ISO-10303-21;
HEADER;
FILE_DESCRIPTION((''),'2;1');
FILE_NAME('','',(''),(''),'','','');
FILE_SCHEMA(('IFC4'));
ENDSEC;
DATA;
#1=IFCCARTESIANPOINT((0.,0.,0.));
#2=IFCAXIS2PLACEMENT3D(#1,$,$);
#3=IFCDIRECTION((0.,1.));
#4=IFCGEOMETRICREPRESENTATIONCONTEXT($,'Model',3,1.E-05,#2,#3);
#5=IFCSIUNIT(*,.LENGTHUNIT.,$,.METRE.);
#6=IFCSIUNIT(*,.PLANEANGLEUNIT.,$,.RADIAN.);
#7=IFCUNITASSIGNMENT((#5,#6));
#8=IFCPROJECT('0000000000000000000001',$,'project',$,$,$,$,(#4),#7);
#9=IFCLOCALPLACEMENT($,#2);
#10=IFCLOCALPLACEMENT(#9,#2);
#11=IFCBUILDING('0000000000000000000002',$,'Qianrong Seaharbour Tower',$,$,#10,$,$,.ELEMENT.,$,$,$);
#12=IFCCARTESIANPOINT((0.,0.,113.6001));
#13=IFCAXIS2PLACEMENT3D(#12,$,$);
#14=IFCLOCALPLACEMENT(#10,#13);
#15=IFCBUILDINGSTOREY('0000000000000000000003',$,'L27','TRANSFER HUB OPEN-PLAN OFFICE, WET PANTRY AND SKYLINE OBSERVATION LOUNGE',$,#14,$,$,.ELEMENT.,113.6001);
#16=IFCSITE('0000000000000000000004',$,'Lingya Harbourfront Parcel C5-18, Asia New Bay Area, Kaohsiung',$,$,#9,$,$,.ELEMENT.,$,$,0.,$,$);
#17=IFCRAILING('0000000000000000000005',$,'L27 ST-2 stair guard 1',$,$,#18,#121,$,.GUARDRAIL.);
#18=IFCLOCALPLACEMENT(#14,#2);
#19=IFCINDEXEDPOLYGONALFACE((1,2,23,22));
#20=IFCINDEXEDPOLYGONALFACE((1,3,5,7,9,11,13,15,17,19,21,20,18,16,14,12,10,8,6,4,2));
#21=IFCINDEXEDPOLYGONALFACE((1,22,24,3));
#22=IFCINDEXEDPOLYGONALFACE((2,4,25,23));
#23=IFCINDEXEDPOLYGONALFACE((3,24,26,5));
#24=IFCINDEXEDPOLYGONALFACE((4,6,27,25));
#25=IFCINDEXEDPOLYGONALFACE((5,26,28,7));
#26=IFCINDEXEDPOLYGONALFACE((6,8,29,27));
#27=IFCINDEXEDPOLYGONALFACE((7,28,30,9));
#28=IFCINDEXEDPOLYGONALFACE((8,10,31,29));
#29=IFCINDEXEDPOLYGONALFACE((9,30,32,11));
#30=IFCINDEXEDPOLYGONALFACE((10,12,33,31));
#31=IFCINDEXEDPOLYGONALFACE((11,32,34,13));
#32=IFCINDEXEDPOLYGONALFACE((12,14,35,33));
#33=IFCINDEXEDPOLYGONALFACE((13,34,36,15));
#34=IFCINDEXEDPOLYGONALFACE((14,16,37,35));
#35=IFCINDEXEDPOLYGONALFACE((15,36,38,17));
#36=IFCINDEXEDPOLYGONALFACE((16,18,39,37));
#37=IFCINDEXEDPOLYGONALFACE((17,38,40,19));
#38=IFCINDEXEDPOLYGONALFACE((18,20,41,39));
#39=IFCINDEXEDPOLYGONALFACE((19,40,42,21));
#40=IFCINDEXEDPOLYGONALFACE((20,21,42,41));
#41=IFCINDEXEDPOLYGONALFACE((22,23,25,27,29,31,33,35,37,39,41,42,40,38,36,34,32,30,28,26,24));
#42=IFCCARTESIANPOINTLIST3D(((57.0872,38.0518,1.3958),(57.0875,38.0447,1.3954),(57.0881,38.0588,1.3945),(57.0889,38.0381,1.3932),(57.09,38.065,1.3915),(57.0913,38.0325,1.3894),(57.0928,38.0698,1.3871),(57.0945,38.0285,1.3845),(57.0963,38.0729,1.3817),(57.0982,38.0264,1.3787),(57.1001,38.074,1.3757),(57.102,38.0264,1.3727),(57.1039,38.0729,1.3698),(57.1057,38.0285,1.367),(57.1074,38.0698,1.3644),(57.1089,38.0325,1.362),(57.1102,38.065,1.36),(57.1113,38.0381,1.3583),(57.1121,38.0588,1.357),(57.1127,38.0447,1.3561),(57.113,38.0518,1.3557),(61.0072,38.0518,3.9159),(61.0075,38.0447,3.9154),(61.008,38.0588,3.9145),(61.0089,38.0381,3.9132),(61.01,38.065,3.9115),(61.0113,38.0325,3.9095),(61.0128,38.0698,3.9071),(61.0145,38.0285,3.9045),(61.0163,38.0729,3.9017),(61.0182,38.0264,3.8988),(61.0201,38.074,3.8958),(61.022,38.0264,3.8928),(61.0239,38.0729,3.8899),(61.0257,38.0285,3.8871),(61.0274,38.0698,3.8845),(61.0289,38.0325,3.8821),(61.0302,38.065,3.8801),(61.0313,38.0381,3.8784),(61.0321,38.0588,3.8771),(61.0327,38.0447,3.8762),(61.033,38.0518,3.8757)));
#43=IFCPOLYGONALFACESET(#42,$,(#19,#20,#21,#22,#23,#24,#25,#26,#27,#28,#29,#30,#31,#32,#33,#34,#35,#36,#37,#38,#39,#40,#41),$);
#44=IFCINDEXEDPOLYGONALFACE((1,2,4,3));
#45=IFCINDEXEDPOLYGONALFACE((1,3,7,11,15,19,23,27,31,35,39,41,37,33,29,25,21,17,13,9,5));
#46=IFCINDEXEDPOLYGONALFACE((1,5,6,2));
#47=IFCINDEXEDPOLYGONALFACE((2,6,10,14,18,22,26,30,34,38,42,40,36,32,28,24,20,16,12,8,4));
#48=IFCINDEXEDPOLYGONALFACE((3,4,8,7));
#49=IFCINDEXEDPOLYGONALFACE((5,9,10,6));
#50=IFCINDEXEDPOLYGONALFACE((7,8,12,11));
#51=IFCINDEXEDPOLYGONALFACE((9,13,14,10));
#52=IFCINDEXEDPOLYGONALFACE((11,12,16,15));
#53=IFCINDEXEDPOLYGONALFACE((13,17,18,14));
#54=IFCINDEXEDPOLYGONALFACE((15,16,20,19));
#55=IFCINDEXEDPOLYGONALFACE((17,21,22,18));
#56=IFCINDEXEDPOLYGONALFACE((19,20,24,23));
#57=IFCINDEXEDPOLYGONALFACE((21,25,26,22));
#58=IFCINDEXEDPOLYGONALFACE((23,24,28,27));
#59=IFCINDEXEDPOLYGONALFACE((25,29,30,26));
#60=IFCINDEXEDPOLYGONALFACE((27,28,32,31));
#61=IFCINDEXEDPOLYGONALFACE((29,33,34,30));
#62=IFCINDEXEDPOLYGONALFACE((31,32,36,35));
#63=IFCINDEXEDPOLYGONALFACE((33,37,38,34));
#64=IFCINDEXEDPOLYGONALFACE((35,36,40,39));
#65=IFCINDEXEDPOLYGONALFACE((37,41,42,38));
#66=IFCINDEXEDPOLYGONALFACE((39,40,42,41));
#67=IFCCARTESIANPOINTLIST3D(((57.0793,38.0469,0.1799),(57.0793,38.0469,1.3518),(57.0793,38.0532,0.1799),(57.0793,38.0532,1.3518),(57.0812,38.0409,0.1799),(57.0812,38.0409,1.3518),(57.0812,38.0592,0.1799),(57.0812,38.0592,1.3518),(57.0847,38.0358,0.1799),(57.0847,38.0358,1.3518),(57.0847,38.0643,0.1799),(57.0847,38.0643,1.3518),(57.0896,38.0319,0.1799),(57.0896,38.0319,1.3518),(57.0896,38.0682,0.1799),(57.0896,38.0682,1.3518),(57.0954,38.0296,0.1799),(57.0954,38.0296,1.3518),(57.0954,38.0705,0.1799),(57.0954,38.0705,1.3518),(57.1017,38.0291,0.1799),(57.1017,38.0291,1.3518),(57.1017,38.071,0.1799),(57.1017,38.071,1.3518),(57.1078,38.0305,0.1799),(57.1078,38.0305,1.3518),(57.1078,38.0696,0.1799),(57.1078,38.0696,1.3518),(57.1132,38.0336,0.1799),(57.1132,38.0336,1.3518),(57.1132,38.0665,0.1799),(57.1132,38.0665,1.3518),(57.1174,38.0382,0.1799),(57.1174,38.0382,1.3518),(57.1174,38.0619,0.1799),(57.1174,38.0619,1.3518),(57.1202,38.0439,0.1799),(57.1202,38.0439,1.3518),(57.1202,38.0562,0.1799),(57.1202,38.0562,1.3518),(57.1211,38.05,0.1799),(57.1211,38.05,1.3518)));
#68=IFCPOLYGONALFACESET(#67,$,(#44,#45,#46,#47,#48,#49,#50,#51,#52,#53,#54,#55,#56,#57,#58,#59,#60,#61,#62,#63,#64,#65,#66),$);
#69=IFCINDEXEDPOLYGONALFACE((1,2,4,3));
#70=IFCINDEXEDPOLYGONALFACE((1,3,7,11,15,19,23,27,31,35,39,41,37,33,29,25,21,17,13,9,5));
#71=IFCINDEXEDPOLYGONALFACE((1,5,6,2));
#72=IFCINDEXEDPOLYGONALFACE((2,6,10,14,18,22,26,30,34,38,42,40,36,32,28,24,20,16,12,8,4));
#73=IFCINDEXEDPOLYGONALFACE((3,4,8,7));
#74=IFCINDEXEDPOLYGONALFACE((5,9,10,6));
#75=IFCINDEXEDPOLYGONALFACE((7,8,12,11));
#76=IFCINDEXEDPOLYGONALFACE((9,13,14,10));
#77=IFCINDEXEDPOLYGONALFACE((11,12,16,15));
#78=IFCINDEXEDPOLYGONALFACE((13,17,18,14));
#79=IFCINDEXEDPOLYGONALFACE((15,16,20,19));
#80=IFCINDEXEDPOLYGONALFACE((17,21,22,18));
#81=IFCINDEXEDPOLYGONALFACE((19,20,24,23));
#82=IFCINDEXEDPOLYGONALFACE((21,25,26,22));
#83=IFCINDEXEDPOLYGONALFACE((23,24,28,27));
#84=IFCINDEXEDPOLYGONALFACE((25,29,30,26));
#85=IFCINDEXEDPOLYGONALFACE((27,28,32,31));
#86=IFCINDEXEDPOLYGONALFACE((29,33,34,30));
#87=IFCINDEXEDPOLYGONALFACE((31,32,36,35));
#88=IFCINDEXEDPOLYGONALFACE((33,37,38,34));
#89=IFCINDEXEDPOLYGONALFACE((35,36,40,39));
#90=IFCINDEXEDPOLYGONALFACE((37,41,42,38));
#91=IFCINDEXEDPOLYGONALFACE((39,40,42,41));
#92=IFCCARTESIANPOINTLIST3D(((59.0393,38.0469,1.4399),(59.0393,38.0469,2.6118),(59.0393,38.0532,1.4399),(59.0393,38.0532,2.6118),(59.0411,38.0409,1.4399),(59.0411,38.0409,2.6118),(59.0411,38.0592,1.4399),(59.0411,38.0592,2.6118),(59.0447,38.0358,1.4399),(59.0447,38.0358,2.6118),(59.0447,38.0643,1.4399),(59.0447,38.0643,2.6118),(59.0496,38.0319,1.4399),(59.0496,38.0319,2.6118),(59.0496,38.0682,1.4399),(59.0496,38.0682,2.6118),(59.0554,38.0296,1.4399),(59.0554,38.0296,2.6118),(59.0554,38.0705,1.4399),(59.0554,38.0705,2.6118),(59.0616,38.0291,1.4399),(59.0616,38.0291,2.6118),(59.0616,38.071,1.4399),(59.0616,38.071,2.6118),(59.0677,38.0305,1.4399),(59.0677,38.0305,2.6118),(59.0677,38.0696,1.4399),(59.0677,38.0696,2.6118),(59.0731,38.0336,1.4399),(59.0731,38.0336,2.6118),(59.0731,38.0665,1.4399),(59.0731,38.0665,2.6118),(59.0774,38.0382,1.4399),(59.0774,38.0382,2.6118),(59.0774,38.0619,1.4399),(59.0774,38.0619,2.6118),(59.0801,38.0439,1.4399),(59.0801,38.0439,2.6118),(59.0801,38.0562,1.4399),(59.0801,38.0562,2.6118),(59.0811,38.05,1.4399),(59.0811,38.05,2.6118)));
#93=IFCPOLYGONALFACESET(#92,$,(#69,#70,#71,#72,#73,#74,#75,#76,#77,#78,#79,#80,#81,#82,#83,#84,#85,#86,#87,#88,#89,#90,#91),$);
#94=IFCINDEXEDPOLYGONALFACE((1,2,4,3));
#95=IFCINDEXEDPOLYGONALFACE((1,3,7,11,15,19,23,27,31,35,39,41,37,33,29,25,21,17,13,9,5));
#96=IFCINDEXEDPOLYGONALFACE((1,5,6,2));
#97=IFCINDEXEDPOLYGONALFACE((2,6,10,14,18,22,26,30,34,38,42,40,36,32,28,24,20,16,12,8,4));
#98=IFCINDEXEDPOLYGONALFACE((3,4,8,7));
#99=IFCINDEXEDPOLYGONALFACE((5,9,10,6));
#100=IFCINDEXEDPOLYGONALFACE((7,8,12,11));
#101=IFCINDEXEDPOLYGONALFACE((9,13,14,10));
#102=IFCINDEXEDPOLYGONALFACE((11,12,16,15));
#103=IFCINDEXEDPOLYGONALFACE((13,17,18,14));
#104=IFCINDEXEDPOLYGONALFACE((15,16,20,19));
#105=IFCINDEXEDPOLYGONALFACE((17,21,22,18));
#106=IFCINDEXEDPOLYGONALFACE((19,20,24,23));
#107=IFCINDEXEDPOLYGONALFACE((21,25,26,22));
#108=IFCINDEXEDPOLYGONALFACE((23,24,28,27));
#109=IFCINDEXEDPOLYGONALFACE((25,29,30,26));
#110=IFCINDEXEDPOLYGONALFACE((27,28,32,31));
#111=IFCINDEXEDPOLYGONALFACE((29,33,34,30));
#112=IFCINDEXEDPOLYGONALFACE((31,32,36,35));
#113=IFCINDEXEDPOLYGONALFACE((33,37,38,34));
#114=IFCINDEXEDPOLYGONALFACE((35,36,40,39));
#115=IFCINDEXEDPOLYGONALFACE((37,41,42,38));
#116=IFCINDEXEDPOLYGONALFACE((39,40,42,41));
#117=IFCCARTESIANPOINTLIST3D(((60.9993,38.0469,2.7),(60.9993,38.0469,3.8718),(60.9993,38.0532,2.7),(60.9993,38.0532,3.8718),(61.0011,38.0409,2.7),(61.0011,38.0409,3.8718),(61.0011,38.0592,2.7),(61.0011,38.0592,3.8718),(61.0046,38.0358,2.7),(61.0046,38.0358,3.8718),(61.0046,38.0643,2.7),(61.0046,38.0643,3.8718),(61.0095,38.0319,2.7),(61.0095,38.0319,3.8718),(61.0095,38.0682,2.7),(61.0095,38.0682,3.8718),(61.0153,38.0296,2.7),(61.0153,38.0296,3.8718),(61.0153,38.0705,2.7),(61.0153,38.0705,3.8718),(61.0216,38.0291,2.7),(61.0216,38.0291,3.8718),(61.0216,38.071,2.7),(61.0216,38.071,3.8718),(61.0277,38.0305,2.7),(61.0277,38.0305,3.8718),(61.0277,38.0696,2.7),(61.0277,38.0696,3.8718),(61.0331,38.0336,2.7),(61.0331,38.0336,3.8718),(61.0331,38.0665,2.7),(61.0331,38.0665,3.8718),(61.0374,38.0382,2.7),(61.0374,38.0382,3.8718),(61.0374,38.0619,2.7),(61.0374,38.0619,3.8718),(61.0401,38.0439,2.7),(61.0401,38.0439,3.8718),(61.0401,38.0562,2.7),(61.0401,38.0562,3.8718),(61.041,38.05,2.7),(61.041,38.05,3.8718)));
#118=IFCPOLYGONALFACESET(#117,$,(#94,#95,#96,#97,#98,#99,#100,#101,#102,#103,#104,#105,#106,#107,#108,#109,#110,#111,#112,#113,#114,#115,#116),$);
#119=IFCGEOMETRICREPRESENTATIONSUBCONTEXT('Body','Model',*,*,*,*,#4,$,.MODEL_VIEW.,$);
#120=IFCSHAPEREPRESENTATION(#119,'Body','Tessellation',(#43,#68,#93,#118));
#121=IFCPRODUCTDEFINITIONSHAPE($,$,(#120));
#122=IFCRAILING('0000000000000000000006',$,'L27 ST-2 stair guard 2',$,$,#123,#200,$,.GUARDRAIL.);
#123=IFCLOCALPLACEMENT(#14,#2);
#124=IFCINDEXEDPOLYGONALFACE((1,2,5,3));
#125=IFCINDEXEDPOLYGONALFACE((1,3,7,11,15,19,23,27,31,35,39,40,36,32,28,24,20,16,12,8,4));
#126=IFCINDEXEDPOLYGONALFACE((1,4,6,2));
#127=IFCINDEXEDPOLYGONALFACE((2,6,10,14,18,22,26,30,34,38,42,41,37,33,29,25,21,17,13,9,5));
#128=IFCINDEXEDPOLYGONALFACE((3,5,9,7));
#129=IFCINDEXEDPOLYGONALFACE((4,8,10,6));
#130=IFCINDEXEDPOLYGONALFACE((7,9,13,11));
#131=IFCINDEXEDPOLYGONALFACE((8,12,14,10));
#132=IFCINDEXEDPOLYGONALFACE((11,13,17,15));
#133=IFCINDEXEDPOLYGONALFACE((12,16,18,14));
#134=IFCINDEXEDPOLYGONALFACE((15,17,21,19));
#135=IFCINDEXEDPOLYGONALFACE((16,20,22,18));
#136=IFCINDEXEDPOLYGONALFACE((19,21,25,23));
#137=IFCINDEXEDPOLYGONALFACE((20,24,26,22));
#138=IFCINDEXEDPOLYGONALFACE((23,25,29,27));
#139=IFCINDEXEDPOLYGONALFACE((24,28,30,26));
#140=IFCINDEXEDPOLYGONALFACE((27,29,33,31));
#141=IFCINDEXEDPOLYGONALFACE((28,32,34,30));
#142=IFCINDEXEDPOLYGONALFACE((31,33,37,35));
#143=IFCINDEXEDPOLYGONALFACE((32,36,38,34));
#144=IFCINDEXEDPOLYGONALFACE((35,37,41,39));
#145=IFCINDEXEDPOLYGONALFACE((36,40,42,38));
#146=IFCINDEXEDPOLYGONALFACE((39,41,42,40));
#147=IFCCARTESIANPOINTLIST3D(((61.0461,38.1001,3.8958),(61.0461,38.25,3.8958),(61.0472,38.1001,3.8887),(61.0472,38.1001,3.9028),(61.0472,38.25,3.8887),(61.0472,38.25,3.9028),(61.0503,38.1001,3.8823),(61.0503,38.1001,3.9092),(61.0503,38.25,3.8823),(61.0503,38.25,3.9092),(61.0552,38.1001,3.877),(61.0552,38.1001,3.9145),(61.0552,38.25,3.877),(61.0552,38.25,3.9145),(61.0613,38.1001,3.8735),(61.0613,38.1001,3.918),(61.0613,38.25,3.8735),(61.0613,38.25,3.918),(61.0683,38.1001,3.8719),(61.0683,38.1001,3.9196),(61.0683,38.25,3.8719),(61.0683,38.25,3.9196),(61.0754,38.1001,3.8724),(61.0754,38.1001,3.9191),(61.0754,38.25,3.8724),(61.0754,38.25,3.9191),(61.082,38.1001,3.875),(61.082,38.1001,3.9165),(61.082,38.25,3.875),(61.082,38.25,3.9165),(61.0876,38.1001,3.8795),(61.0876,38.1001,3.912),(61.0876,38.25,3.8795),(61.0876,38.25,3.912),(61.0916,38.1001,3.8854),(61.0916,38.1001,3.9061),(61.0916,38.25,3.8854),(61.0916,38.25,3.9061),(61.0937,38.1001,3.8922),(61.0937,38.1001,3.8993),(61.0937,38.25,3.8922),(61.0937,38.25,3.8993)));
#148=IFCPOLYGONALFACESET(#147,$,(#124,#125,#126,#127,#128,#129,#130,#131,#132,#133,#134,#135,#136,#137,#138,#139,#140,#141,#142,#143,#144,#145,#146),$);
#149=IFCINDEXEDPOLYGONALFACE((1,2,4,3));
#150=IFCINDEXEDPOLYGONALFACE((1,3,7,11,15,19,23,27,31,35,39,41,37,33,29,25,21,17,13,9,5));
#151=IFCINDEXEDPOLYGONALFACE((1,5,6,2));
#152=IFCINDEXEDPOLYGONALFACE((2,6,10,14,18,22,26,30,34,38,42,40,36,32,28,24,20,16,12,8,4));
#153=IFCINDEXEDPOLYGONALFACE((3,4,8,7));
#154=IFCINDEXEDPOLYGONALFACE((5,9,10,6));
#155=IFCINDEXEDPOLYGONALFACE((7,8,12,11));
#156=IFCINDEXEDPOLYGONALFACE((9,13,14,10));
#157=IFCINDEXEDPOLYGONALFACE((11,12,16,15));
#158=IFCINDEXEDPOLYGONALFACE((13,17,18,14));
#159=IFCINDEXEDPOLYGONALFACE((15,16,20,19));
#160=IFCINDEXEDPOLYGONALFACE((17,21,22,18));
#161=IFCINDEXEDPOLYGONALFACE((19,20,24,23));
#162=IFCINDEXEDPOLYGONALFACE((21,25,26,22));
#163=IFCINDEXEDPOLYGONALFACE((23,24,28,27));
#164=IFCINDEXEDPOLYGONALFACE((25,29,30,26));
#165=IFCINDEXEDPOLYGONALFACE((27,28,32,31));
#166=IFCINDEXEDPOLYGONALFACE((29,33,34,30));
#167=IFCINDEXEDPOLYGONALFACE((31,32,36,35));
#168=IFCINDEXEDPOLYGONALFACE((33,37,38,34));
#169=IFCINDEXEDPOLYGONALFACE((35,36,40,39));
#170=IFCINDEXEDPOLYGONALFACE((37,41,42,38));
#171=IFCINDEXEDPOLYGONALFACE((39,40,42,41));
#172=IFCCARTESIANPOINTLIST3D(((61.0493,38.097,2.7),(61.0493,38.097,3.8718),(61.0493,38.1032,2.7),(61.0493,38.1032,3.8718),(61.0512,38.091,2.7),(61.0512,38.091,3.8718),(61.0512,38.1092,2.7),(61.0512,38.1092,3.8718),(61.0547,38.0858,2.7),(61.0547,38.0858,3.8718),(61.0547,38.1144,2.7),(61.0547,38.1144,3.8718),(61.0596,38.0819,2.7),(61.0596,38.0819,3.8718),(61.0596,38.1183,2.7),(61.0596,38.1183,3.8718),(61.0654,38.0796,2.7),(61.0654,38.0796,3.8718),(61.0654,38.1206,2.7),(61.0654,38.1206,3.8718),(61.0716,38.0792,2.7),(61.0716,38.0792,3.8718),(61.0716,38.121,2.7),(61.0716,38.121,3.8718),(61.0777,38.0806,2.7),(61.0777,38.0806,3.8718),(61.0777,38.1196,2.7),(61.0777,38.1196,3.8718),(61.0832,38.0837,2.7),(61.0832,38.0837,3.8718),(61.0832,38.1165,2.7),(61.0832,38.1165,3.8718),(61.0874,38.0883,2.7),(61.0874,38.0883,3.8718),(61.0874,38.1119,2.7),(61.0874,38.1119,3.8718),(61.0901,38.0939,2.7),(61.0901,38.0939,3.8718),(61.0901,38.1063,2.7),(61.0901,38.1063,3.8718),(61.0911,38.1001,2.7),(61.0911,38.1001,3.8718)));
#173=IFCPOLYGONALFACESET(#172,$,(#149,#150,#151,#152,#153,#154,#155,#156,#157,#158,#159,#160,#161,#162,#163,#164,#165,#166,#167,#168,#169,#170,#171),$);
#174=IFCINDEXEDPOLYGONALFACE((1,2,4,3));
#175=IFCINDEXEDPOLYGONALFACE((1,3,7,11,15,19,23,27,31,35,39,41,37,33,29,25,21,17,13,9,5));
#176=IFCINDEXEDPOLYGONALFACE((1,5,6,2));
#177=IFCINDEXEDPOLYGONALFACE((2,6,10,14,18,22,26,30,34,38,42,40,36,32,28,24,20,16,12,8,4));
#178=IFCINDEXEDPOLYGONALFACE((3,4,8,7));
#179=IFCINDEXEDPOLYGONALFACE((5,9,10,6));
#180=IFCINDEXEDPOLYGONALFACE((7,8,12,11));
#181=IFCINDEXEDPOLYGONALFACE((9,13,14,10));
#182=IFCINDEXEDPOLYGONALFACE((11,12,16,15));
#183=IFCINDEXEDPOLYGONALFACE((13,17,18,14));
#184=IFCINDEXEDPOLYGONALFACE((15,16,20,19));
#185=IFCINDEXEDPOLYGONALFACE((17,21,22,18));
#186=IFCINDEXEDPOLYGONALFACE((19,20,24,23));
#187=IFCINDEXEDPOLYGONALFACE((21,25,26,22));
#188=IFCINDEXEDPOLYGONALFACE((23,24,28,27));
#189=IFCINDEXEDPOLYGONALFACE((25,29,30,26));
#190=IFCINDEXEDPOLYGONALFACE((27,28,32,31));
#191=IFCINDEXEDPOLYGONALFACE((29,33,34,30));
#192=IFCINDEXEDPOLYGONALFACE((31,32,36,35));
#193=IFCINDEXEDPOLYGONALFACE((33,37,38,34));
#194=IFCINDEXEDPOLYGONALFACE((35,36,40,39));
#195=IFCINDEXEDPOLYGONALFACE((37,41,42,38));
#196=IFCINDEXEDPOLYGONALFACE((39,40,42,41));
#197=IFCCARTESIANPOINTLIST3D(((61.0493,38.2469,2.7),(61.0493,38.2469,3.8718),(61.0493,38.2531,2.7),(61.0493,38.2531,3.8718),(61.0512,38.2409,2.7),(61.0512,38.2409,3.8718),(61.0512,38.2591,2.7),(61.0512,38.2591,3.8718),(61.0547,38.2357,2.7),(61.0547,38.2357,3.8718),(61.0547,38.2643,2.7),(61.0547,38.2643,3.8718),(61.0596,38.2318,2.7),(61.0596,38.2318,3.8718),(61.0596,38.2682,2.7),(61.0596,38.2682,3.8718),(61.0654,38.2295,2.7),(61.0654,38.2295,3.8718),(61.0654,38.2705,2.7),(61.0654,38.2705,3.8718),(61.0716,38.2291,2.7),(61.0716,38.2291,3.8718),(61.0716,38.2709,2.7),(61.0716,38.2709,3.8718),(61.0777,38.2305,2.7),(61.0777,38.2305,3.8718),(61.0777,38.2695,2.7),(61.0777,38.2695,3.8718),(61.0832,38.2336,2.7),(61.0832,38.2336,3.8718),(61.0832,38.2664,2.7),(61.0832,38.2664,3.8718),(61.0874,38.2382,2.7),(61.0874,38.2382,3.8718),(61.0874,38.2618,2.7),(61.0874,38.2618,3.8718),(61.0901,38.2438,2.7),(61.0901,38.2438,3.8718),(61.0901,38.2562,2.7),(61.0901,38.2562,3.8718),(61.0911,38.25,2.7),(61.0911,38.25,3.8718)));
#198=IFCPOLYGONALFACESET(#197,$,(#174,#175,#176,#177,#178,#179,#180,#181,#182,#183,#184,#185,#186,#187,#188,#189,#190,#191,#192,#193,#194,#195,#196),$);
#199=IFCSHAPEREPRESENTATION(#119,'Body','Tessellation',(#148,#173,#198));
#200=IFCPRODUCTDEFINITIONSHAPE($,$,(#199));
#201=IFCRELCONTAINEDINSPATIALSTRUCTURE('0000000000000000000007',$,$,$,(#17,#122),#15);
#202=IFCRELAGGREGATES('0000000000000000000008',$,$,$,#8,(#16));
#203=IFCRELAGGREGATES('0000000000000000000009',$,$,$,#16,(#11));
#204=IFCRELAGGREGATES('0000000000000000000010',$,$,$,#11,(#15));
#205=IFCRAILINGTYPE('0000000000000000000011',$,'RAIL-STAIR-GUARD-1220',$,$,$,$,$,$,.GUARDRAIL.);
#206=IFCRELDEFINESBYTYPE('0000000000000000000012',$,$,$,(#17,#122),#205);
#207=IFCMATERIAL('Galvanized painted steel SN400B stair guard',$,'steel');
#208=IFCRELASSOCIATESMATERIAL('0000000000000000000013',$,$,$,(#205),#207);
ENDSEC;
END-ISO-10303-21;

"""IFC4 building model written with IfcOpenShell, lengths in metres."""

from ifc_helpers import new_model, si_unit, direction, frame, origin, origin_2d, place, context, subcontext, project, spatial, circle, extrude, material, type_object, element, save


model = new_model("IFC4")

# Units and contexts
model_context = context("Model", 3, precision=1e-05, world=origin(), true_north=direction((0.0, 1.0)))
body_context = subcontext(model_context, "Body", "Model", "MODEL_VIEW")
ifc_project = project(units=[si_unit("LENGTHUNIT", "METRE"), si_unit("PLANEANGLEUNIT", "RADIAN")], contexts=[model_context])

# Site, building, storey
site_placement = place(None, origin())
site = spatial("IfcSite", under=ifc_project, at=site_placement, Name="Lingya Harbourfront Parcel C5-18, Asia New Bay Area, Kaohsiung", CompositionType="ELEMENT", RefElevation=0.0)
building_placement = place(site_placement, origin())
building = spatial("IfcBuilding", under=site, at=building_placement, Name="Qianrong Seaharbour Tower", CompositionType="ELEMENT")
storey_placement = place(building_placement, frame((0.0, 0.0, 113.6001)))
storey = spatial("IfcBuildingStorey", under=building, at=storey_placement, Name="L27", Description="TRANSFER HUB OPEN-PLAN OFFICE, WET PANTRY AND SKYLINE OBSERVATION LOUNGE", CompositionType="ELEMENT", Elevation=113.6001)

# Railings
ifc_material_1 = material(Name="Galvanized painted steel SN400B stair guard", Category="steel")
railing_type_1 = type_object("IfcRailingType", Name="RAIL-STAIR-GUARD-1220", PredefinedType="GUARDRAIL", material=ifc_material_1)
railing_1_placement = place(storey_placement, frame((57.1001, 38.05, 0.1799)))
element("IfcRailing", 1, at=railing_1_placement, inside=storey, type_object=railing_type_1, Name="L27 ST-2 stair guard 1", PredefinedType="GUARDRAIL", context=body_context, shape_type="SweptSolid", body=[
    extrude(circle(Radius=0.0239, at=origin_2d()), frame((0.0, 0.0, 1.1958), z_axis=(0.841172, 0.0, 0.540768), x_axis=(0.0, 1.0, 0.0)), (0.0, 0.0, 1.0), 4.6602),
    extrude(circle(Radius=0.021, at=origin_2d()), origin(), (0.0, 0.0, 1.0), 1.1719),
    extrude(circle(Radius=0.021, at=origin_2d()), frame((1.96, 0.0, 1.26)), (0.0, 0.0, 1.0), 1.1719),
    extrude(circle(Radius=0.021, at=origin_2d()), frame((3.9199, 0.0, 2.52)), (0.0, 0.0, 1.0), 1.1719),
])
railing_2_placement = place(storey_placement, frame((61.0701, 38.1001, 2.7)))
element("IfcRailing", 2, at=railing_2_placement, inside=storey, type_object=railing_type_1, Name="L27 ST-2 stair guard 2", PredefinedType="GUARDRAIL", context=body_context, shape_type="SweptSolid", body=[
    extrude(circle(Radius=0.0239, at=origin_2d()), frame((0.0, 0.0, 1.1958), z_axis=(0.0, 1.0, 0.0), x_axis=(-1.0, 0.0, 0.0)), (0.0, 0.0, 1.0), 0.1499),
    extrude(circle(Radius=0.021, at=origin_2d()), origin(), (0.0, 0.0, 1.0), 1.1719),
    extrude(circle(Radius=0.021, at=origin_2d()), frame((0.0, 0.1499, 0.0)), (0.0, 0.0, 1.0), 1.1719),
])

save(model, "model.ifc")
